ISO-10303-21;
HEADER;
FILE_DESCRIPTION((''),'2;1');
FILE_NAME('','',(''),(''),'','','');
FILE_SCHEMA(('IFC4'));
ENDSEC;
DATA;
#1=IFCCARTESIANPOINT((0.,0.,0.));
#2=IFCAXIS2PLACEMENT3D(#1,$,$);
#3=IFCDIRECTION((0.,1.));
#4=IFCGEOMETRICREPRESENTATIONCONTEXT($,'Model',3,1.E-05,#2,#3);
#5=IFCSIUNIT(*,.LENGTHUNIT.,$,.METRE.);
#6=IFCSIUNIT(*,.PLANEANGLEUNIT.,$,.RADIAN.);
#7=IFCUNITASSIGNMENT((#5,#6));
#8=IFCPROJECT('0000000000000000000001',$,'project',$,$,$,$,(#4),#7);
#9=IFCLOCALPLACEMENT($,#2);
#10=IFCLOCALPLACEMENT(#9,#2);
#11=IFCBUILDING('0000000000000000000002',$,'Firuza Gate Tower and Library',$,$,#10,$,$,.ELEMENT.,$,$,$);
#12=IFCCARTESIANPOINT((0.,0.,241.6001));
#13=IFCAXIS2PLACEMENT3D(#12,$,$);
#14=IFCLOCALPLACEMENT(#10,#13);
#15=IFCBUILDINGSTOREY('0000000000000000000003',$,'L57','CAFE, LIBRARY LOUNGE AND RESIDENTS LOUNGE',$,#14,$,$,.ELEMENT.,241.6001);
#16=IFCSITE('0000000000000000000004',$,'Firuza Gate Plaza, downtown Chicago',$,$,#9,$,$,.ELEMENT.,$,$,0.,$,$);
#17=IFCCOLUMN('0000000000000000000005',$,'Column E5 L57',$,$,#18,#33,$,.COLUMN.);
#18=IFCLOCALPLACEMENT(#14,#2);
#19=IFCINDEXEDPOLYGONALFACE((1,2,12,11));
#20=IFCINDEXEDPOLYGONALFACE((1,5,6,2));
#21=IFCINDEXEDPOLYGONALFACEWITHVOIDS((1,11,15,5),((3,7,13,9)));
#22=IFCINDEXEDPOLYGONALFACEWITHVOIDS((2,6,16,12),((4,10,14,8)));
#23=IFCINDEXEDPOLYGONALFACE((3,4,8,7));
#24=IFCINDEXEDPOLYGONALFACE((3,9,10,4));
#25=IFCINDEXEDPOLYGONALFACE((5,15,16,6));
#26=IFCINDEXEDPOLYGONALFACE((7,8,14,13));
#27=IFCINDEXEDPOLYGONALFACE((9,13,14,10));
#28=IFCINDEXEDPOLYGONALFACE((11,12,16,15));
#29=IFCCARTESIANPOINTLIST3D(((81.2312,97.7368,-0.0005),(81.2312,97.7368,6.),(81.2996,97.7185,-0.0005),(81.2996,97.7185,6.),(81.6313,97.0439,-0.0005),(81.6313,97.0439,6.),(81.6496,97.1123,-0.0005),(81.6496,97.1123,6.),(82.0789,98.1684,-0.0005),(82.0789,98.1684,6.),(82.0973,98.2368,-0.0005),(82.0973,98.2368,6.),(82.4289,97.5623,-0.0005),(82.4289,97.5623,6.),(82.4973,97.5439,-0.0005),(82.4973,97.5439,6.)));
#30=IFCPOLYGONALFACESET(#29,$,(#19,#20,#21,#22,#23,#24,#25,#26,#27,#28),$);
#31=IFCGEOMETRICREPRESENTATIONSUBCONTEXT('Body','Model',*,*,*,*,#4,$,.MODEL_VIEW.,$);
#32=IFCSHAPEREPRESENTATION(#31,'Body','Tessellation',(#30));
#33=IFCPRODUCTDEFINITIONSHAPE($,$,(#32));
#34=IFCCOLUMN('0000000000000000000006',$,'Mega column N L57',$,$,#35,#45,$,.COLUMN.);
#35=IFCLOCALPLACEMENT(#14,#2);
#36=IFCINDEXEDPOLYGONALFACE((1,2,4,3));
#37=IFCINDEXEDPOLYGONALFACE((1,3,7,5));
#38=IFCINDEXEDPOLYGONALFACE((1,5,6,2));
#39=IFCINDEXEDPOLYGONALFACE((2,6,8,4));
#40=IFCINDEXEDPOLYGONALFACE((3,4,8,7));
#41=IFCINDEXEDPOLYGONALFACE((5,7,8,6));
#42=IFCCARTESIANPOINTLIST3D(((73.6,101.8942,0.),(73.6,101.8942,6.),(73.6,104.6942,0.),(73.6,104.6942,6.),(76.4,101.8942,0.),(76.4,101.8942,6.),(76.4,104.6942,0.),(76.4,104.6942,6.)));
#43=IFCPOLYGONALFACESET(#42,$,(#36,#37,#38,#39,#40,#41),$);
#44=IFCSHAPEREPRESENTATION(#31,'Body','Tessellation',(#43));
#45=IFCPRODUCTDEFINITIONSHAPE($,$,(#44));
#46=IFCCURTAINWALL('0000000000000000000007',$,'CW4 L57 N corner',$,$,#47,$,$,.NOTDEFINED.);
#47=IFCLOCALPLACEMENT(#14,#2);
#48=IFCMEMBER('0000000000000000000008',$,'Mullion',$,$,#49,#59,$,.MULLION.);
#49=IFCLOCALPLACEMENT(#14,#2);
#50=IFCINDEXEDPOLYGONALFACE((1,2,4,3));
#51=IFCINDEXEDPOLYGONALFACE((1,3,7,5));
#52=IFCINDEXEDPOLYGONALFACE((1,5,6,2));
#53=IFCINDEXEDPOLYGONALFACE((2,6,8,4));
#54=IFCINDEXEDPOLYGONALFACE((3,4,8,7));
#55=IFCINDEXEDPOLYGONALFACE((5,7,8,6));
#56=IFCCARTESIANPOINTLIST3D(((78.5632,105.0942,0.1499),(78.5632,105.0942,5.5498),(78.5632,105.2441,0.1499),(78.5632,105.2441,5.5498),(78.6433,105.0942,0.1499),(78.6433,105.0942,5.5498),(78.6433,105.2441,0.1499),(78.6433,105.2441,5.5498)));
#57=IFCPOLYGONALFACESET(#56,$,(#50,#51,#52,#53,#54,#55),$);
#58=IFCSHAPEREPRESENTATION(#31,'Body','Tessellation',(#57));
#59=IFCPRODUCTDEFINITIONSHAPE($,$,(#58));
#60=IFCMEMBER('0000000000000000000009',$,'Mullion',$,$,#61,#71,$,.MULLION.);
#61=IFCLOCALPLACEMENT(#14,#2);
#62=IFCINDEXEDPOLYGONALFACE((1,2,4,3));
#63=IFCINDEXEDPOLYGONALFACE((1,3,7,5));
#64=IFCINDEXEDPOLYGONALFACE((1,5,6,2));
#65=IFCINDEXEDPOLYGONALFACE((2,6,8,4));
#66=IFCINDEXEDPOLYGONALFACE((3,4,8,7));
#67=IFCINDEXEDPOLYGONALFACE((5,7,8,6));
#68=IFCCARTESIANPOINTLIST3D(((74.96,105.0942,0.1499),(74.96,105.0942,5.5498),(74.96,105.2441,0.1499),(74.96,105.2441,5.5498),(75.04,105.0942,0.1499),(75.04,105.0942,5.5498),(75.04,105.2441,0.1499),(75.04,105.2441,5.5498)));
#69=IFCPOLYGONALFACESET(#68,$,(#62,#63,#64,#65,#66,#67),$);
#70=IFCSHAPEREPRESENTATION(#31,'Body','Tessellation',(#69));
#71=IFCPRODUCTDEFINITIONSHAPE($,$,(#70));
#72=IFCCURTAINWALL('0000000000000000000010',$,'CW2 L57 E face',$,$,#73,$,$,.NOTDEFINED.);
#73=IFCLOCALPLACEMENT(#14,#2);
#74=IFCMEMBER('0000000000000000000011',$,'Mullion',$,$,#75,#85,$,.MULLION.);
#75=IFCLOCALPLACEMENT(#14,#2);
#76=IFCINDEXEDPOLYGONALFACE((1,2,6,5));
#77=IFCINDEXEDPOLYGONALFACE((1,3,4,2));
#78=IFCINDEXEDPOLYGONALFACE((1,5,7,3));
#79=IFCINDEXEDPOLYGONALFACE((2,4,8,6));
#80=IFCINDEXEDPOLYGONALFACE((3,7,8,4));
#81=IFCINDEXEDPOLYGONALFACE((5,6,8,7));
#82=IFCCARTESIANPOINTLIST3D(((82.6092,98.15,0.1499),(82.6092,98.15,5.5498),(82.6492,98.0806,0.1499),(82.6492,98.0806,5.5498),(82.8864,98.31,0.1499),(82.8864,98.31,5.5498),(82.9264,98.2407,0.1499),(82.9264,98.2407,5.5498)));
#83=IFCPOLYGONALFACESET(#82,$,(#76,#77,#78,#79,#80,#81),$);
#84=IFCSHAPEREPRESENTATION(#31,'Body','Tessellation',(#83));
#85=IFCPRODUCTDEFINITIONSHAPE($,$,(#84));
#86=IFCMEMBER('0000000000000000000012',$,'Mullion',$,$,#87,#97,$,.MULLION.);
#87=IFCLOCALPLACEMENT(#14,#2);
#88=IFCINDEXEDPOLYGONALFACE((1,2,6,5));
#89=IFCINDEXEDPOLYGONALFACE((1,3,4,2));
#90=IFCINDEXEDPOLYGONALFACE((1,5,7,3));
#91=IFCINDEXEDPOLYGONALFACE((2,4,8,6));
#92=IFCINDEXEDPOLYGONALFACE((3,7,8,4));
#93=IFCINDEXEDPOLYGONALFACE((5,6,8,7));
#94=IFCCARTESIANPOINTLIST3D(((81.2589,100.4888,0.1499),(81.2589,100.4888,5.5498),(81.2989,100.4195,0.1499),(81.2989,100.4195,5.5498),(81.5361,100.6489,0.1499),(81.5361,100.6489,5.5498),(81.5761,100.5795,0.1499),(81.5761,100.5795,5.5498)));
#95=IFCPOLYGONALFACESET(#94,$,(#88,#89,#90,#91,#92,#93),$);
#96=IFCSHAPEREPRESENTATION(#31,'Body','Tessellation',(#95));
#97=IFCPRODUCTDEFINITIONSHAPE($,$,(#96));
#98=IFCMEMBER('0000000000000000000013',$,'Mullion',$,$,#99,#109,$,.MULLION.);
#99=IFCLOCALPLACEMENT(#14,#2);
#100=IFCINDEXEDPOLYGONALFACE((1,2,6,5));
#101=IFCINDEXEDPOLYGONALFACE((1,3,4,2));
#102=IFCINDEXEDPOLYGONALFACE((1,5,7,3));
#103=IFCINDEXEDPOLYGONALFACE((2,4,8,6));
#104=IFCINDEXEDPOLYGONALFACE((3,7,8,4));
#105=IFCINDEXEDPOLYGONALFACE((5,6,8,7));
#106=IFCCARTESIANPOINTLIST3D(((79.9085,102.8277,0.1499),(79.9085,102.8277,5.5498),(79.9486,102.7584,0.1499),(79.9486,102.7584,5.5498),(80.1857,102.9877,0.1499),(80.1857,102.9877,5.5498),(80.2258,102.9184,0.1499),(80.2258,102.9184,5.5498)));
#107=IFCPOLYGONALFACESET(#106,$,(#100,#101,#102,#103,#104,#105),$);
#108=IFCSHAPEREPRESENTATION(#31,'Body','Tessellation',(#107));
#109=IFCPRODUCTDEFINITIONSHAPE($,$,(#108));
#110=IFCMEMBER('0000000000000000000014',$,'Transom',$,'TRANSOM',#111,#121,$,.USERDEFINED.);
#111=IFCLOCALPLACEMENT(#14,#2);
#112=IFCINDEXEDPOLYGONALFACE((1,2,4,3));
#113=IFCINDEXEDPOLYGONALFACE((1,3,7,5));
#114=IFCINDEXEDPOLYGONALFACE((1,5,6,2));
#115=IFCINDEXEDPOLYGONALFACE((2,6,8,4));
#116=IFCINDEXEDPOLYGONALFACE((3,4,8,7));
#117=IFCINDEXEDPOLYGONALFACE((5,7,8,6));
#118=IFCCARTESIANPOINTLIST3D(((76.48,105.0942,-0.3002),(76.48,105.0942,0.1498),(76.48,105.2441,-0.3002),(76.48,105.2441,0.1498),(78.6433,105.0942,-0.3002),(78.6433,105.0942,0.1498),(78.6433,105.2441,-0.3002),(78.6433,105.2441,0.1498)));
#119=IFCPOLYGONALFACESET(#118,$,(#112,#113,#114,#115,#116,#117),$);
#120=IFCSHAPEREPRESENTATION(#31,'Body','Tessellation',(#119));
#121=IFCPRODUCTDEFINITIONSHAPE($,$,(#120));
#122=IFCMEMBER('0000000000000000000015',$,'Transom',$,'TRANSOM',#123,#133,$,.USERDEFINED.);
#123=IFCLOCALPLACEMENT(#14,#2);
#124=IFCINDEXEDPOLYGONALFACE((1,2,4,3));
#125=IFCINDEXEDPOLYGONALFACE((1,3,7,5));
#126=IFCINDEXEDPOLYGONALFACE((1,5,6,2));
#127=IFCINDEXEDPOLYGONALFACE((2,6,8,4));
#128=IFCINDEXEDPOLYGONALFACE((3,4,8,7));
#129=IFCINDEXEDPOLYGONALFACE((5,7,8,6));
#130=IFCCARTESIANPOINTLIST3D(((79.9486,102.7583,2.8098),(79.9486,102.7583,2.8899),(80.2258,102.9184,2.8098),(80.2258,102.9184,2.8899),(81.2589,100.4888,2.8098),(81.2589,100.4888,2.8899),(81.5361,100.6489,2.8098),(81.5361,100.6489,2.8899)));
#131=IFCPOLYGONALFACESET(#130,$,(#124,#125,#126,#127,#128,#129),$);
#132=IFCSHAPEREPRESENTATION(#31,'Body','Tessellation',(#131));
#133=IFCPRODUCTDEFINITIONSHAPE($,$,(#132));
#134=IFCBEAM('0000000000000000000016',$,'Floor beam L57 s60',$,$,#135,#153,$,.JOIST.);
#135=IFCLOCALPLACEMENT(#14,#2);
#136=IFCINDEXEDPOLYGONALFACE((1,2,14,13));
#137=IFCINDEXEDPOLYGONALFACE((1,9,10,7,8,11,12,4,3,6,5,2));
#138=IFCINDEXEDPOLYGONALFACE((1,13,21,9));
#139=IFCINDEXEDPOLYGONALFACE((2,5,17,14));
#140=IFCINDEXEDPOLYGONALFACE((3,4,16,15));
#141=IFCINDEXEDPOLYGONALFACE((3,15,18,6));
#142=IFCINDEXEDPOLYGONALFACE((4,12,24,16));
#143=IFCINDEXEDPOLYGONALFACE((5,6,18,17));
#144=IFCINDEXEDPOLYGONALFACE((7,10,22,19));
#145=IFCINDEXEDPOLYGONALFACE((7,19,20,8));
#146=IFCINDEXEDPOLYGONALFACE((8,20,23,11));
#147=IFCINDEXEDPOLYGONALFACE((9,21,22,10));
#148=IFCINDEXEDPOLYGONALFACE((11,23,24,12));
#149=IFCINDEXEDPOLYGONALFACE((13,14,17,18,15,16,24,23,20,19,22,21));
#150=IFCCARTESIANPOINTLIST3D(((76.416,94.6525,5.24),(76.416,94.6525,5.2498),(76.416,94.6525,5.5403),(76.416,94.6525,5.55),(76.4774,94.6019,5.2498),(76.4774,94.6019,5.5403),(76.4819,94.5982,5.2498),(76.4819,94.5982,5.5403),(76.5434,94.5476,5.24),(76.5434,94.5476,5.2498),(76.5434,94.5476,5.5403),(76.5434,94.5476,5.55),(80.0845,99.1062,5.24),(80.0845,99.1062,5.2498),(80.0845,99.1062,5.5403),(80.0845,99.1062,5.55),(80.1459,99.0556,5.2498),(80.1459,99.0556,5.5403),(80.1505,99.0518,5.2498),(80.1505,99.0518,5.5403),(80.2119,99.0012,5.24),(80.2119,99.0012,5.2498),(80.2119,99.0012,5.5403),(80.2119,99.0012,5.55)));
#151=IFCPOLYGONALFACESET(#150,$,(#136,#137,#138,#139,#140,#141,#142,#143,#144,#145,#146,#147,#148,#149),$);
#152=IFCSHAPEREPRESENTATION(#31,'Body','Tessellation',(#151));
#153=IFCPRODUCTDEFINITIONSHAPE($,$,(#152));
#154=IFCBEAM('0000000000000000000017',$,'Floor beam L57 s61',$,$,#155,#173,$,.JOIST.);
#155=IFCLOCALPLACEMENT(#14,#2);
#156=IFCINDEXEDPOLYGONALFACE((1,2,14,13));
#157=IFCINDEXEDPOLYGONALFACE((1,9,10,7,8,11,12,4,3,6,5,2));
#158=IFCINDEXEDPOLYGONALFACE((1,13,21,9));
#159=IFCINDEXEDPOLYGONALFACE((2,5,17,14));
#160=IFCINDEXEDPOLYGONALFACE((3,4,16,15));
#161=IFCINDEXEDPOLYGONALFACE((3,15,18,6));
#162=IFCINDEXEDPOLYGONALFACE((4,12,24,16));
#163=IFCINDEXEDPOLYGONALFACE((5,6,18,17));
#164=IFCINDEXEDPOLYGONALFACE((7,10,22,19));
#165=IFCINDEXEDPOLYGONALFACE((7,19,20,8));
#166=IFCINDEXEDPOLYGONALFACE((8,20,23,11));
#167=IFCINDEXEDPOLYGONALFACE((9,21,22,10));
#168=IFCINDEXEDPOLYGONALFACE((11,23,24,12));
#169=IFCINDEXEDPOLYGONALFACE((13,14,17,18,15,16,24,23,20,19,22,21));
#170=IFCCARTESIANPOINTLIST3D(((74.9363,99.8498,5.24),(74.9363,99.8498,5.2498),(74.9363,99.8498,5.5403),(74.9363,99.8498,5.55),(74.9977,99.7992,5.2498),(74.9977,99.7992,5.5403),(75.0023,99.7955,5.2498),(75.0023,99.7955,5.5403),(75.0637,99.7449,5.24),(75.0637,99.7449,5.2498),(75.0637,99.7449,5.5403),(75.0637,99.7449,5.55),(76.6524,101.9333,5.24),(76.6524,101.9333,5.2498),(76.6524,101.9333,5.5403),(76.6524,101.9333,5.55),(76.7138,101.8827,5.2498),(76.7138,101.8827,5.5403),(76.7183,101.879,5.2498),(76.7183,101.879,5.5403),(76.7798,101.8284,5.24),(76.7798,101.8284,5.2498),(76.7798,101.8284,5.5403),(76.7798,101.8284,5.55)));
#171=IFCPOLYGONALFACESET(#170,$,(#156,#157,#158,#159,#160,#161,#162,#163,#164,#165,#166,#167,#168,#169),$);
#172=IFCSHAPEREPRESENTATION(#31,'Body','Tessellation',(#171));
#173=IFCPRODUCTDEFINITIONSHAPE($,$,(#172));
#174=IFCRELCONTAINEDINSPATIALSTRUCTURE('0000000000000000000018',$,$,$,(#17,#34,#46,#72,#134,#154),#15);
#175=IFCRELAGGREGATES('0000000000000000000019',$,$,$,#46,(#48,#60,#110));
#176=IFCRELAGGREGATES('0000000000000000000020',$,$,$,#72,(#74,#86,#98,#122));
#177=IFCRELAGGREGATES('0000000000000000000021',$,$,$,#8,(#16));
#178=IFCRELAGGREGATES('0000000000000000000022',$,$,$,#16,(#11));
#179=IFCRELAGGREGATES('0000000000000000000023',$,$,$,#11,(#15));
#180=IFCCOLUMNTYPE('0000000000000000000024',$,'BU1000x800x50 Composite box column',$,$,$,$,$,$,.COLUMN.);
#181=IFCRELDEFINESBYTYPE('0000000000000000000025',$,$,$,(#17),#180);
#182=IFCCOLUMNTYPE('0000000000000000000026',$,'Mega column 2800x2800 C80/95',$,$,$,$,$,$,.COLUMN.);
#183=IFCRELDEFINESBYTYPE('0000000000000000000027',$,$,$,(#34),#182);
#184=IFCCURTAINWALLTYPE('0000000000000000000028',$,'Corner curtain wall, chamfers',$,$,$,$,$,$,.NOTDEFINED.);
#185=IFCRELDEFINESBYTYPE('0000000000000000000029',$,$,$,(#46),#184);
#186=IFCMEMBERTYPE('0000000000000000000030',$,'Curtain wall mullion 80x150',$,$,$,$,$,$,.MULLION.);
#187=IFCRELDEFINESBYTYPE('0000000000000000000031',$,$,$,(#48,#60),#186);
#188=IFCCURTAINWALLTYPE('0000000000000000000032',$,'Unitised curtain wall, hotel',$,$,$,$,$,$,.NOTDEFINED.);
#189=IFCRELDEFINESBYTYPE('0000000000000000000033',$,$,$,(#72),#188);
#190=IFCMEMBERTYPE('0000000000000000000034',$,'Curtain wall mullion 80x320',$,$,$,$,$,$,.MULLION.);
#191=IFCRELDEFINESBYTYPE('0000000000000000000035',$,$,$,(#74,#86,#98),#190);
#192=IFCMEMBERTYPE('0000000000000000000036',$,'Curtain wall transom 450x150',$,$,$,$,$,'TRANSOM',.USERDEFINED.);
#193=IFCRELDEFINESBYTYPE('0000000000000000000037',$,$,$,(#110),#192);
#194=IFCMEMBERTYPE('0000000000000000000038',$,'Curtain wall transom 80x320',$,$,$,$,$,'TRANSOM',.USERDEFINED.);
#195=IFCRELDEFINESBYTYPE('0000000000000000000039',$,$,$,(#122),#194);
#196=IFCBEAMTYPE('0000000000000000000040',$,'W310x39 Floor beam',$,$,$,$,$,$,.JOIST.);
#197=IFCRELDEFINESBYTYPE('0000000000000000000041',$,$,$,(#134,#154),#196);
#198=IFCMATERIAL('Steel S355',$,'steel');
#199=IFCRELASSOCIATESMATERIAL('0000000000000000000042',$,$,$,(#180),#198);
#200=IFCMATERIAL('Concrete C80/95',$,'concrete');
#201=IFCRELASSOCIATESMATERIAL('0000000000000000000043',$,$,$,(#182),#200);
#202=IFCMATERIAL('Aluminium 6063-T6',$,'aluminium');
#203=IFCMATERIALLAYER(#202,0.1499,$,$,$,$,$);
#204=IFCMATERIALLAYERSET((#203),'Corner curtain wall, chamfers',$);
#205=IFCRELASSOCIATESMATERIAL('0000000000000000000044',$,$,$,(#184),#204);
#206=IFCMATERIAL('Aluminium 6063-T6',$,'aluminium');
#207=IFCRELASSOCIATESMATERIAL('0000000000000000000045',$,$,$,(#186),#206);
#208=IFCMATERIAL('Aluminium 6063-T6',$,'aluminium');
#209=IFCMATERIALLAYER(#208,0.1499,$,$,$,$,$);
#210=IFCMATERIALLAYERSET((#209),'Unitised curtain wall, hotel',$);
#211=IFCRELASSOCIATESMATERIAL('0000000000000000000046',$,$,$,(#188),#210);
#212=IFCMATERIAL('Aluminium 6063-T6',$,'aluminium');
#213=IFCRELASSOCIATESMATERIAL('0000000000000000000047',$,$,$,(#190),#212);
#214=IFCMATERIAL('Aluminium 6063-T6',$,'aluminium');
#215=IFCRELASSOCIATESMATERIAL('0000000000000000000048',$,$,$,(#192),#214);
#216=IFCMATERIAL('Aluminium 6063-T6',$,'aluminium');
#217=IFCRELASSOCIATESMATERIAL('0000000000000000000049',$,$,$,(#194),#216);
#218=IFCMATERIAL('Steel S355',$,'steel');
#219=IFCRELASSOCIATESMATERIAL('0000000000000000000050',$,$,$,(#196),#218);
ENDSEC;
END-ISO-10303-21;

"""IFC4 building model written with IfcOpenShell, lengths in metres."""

from ifc_helpers import new_model, si_unit, direction, frame, origin, origin_2d, place, context, subcontext, project, spatial, rectangle, hollow_rectangle, i_section, extrude, material, layer, layer_set, material_profile, profile_set, type_object, element, aggregate, save


model = new_model("IFC4")

# Units and contexts
model_context = context("Model", 3, precision=1e-05, world=origin(), true_north=direction((0.0, 1.0)))
body_context = subcontext(model_context, "Body", "Model", "MODEL_VIEW")
ifc_project = project(units=[si_unit("LENGTHUNIT", "METRE"), si_unit("PLANEANGLEUNIT", "RADIAN")], contexts=[model_context])

# Site, building, storey
site_placement = place(None, origin())
site = spatial("IfcSite", under=ifc_project, at=site_placement, Name="Firuza Gate Plaza, downtown Chicago", CompositionType="ELEMENT", RefElevation=0.0)
building_placement = place(site_placement, origin())
building = spatial("IfcBuilding", under=site, at=building_placement, Name="Firuza Gate Tower and Library", CompositionType="ELEMENT")
storey_placement = place(building_placement, frame((0.0, 0.0, 241.6001)))
storey = spatial("IfcBuildingStorey", under=building, at=storey_placement, Name="L57", Description="CAFE, LIBRARY LOUNGE AND RESIDENTS LOUNGE", CompositionType="ELEMENT", Elevation=241.6001)

# Columns
ifc_material_1 = material(Name="Steel S355", Category="steel")
ifc_material_profile_1 = material_profile(ifc_material_1, hollow_rectangle(XDim=0.8, YDim=1.0, WallThickness=0.05, at=origin_2d()))
ifc_profile_set_1 = profile_set([ifc_material_profile_1], Name="Steel S355")
column_type_1 = type_object("IfcColumnType", Name="BU1000x800x50 Composite box column", PredefinedType="COLUMN", material=ifc_profile_set_1)
column_1_placement = place(storey_placement, frame((81.8643, 97.6404, -0.0005), z_axis=(0.0, 0.0, 1.0), x_axis=(-0.5, 0.866025, 0.0)))
element("IfcColumn", 1, at=column_1_placement, inside=storey, type_object=column_type_1, Name="Column E5 L57", PredefinedType="COLUMN", context=body_context, shape_type="SweptSolid", body=[
    extrude(hollow_rectangle(XDim=0.8, YDim=1.0, WallThickness=0.05, at=origin_2d()), origin(), (0.0, 0.0, 1.0), 6.0005),
])
ifc_material_2 = material(Name="Concrete C80/95", Category="concrete")
ifc_material_profile_2 = material_profile(ifc_material_2, rectangle(XDim=2.8, YDim=2.8, at=origin_2d()))
ifc_profile_set_2 = profile_set([ifc_material_profile_2], Name="Concrete C80/95")
column_type_2 = type_object("IfcColumnType", Name="Mega column 2800x2800 C80/95", PredefinedType="COLUMN", material=ifc_profile_set_2)
column_2_placement = place(storey_placement, frame((75.0, 103.2942, 0.0), z_axis=(0.0, 0.0, 1.0), x_axis=(-1.0, 0.0, 0.0)))
element("IfcColumn", 2, at=column_2_placement, inside=storey, type_object=column_type_2, Name="Mega column N L57", PredefinedType="COLUMN", context=body_context, shape_type="SweptSolid", body=[
    extrude(rectangle(XDim=2.8, YDim=2.8, at=origin_2d()), origin(), (0.0, 0.0, 1.0), 6.0),
])

# Curtain walls, members
ifc_material_3 = material(Name="Aluminium 6063-T6", Category="aluminium")
ifc_layer_1 = layer(ifc_material_3, 0.1499)
ifc_layer_set_1 = layer_set([ifc_layer_1], Name="Corner curtain wall, chamfers")
curtain_wall_type_1 = type_object("IfcCurtainWallType", Name="Corner curtain wall, chamfers", PredefinedType="NOTDEFINED", material=ifc_layer_set_1)
placement = place(storey_placement, origin())
curtain_wall_1 = element("IfcCurtainWall", 3, at=placement, inside=storey, type_object=curtain_wall_type_1, Name="CW4 L57 N corner", PredefinedType="NOTDEFINED")
ifc_material_4 = material(Name="Aluminium 6063-T6", Category="aluminium")
ifc_material_profile_3 = material_profile(ifc_material_4, rectangle(XDim=0.1499, YDim=0.0801, at=origin_2d()))
ifc_profile_set_3 = profile_set([ifc_material_profile_3], Name="Aluminium 6063-T6")
member_type_1 = type_object("IfcMemberType", Name="Curtain wall mullion 80x150", PredefinedType="MULLION", material=ifc_profile_set_3)
member_1_placement = place(storey_placement, frame((78.6033, 105.1692, 0.1499), z_axis=(0.0, 0.0, 1.0), x_axis=(0.0, -1.0, 0.0)))
member_1 = element("IfcMember", 4, at=member_1_placement, type_object=member_type_1, Name="Mullion", PredefinedType="MULLION", context=body_context, shape_type="SweptSolid", body=[
    extrude(rectangle(XDim=0.1499, YDim=0.0801, at=origin_2d()), origin(), (0.0, 0.0, 1.0), 5.3999),
])
member_2_placement = place(storey_placement, frame((75.0, 105.1692, 0.1499), z_axis=(0.0, 0.0, 1.0), x_axis=(0.0, -1.0, 0.0)))
member_2 = element("IfcMember", 5, at=member_2_placement, type_object=member_type_1, Name="Mullion", PredefinedType="MULLION", context=body_context, shape_type="SweptSolid", body=[
    extrude(rectangle(XDim=0.1499, YDim=0.0801, at=origin_2d()), origin(), (0.0, 0.0, 1.0), 5.3999),
])
ifc_material_5 = material(Name="Aluminium 6063-T6", Category="aluminium")
ifc_layer_2 = layer(ifc_material_5, 0.1499)
ifc_layer_set_2 = layer_set([ifc_layer_2], Name="Unitised curtain wall, hotel")
curtain_wall_type_2 = type_object("IfcCurtainWallType", Name="Unitised curtain wall, hotel", PredefinedType="NOTDEFINED", material=ifc_layer_set_2)
curtain_wall_2 = element("IfcCurtainWall", 6, at=placement, inside=storey, type_object=curtain_wall_type_2, Name="CW2 L57 E face", PredefinedType="NOTDEFINED")
ifc_material_6 = material(Name="Aluminium 6063-T6", Category="aluminium")
ifc_material_profile_4 = material_profile(ifc_material_6, rectangle(XDim=0.3201, YDim=0.0801, at=origin_2d()))
ifc_profile_set_4 = profile_set([ifc_material_profile_4], Name="Aluminium 6063-T6")
member_type_2 = type_object("IfcMemberType", Name="Curtain wall mullion 80x320", PredefinedType="MULLION", material=ifc_profile_set_4)
member_3_placement = place(storey_placement, frame((82.7678, 98.1953, 0.1499), z_axis=(0.0, 0.0, 1.0), x_axis=(-0.866025, -0.5, 0.0)))
member_3 = element("IfcMember", 7, at=member_3_placement, type_object=member_type_2, Name="Mullion", PredefinedType="MULLION", context=body_context, shape_type="SweptSolid", body=[
    extrude(rectangle(XDim=0.3201, YDim=0.0801, at=origin_2d()), origin(), (0.0, 0.0, 1.0), 5.3999),
])
member_4_placement = place(storey_placement, frame((81.4175, 100.5342, 0.1499), z_axis=(0.0, 0.0, 1.0), x_axis=(-0.866025, -0.5, 0.0)))
member_4 = element("IfcMember", 8, at=member_4_placement, type_object=member_type_2, Name="Mullion", PredefinedType="MULLION", context=body_context, shape_type="SweptSolid", body=[
    extrude(rectangle(XDim=0.3201, YDim=0.0801, at=origin_2d()), origin(), (0.0, 0.0, 1.0), 5.3999),
])
member_5_placement = place(storey_placement, frame((80.0671, 102.873, 0.1499), z_axis=(0.0, 0.0, 1.0), x_axis=(-0.866025, -0.5, 0.0)))
member_5 = element("IfcMember", 9, at=member_5_placement, type_object=member_type_2, Name="Mullion", PredefinedType="MULLION", context=body_context, shape_type="SweptSolid", body=[
    extrude(rectangle(XDim=0.3201, YDim=0.0801, at=origin_2d()), origin(), (0.0, 0.0, 1.0), 5.3999),
])

# Members
ifc_material_7 = material(Name="Aluminium 6063-T6", Category="aluminium")
ifc_material_profile_5 = material_profile(ifc_material_7, rectangle(XDim=0.1499, YDim=0.45, at=origin_2d()))
ifc_profile_set_5 = profile_set([ifc_material_profile_5], Name="Aluminium 6063-T6")
member_type_3 = type_object("IfcMemberType", Name="Curtain wall transom 450x150", ElementType="TRANSOM", PredefinedType="USERDEFINED", material=ifc_profile_set_5)
member_6_placement = place(storey_placement, frame((78.6433, 105.1692, -0.0752), z_axis=(-1.0, 0.0, 0.0), x_axis=(0.0, -1.0, 0.0)))
member_6 = element("IfcMember", 10, at=member_6_placement, type_object=member_type_3, Name="Transom", ObjectType="TRANSOM", PredefinedType="USERDEFINED", context=body_context, shape_type="SweptSolid", body=[
    extrude(rectangle(XDim=0.1499, YDim=0.45, at=origin_2d()), origin(), (0.0, 0.0, 1.0), 2.1633),
])
ifc_material_8 = material(Name="Aluminium 6063-T6", Category="aluminium")
ifc_material_profile_6 = material_profile(ifc_material_8, rectangle(XDim=0.3201, YDim=0.0801, at=origin_2d()))
ifc_profile_set_6 = profile_set([ifc_material_profile_6], Name="Aluminium 6063-T6")
member_type_4 = type_object("IfcMemberType", Name="Curtain wall transom 80x320", ElementType="TRANSOM", PredefinedType="USERDEFINED", material=ifc_profile_set_6)
member_7_placement = place(storey_placement, frame((81.3975, 100.5688, 2.8499), z_axis=(-0.499997, 0.866027, 0.0), x_axis=(-0.866027, -0.499997, 0.0)))
member_7 = element("IfcMember", 11, at=member_7_placement, type_object=member_type_4, Name="Transom", ObjectType="TRANSOM", PredefinedType="USERDEFINED", context=body_context, shape_type="SweptSolid", body=[
    extrude(rectangle(XDim=0.3201, YDim=0.0801, at=origin_2d()), origin(), (0.0, 0.0, 1.0), 2.6206),
])

# Beams
ifc_material_9 = material(Name="Steel S355", Category="steel")
ifc_material_profile_7 = material_profile(ifc_material_9, i_section(OverallWidth=0.165, OverallDepth=0.3101, WebThickness=0.0059, FlangeThickness=0.0098, at=origin_2d()))
ifc_profile_set_7 = profile_set([ifc_material_profile_7], Name="Steel S355")
beam_type_1 = type_object("IfcBeamType", Name="W310x39 Floor beam", PredefinedType="JOIST", material=ifc_profile_set_7)
beam_1_placement = place(storey_placement, frame((80.1482, 99.0537, 5.395), z_axis=(-0.635787, -0.771864, 0.0), x_axis=(0.771864, -0.635787, 0.0)))
element("IfcBeam", 12, at=beam_1_placement, inside=storey, type_object=beam_type_1, Name="Floor beam L57 s60", PredefinedType="JOIST", context=body_context, shape_type="SweptSolid", body=[
    extrude(i_section(OverallWidth=0.165, OverallDepth=0.3101, WebThickness=0.0059, FlangeThickness=0.0098, at=origin_2d()), origin(), (0.0, 0.0, 1.0), 5.77),
])
beam_2_placement = place(storey_placement, frame((76.7161, 101.8809, 5.395), z_axis=(-0.635761, -0.771886, 0.0), x_axis=(0.771886, -0.635761, 0.0)))
element("IfcBeam", 13, at=beam_2_placement, inside=storey, type_object=beam_type_1, Name="Floor beam L57 s61", PredefinedType="JOIST", context=body_context, shape_type="SweptSolid", body=[
    extrude(i_section(OverallWidth=0.165, OverallDepth=0.3101, WebThickness=0.0059, FlangeThickness=0.0098, at=origin_2d()), origin(), (0.0, 0.0, 1.0), 2.6992),
])

aggregate(curtain_wall_1, [member_1, member_2, member_6])
aggregate(curtain_wall_2, [member_3, member_4, member_5, member_7])

save(model, "model.ifc")
